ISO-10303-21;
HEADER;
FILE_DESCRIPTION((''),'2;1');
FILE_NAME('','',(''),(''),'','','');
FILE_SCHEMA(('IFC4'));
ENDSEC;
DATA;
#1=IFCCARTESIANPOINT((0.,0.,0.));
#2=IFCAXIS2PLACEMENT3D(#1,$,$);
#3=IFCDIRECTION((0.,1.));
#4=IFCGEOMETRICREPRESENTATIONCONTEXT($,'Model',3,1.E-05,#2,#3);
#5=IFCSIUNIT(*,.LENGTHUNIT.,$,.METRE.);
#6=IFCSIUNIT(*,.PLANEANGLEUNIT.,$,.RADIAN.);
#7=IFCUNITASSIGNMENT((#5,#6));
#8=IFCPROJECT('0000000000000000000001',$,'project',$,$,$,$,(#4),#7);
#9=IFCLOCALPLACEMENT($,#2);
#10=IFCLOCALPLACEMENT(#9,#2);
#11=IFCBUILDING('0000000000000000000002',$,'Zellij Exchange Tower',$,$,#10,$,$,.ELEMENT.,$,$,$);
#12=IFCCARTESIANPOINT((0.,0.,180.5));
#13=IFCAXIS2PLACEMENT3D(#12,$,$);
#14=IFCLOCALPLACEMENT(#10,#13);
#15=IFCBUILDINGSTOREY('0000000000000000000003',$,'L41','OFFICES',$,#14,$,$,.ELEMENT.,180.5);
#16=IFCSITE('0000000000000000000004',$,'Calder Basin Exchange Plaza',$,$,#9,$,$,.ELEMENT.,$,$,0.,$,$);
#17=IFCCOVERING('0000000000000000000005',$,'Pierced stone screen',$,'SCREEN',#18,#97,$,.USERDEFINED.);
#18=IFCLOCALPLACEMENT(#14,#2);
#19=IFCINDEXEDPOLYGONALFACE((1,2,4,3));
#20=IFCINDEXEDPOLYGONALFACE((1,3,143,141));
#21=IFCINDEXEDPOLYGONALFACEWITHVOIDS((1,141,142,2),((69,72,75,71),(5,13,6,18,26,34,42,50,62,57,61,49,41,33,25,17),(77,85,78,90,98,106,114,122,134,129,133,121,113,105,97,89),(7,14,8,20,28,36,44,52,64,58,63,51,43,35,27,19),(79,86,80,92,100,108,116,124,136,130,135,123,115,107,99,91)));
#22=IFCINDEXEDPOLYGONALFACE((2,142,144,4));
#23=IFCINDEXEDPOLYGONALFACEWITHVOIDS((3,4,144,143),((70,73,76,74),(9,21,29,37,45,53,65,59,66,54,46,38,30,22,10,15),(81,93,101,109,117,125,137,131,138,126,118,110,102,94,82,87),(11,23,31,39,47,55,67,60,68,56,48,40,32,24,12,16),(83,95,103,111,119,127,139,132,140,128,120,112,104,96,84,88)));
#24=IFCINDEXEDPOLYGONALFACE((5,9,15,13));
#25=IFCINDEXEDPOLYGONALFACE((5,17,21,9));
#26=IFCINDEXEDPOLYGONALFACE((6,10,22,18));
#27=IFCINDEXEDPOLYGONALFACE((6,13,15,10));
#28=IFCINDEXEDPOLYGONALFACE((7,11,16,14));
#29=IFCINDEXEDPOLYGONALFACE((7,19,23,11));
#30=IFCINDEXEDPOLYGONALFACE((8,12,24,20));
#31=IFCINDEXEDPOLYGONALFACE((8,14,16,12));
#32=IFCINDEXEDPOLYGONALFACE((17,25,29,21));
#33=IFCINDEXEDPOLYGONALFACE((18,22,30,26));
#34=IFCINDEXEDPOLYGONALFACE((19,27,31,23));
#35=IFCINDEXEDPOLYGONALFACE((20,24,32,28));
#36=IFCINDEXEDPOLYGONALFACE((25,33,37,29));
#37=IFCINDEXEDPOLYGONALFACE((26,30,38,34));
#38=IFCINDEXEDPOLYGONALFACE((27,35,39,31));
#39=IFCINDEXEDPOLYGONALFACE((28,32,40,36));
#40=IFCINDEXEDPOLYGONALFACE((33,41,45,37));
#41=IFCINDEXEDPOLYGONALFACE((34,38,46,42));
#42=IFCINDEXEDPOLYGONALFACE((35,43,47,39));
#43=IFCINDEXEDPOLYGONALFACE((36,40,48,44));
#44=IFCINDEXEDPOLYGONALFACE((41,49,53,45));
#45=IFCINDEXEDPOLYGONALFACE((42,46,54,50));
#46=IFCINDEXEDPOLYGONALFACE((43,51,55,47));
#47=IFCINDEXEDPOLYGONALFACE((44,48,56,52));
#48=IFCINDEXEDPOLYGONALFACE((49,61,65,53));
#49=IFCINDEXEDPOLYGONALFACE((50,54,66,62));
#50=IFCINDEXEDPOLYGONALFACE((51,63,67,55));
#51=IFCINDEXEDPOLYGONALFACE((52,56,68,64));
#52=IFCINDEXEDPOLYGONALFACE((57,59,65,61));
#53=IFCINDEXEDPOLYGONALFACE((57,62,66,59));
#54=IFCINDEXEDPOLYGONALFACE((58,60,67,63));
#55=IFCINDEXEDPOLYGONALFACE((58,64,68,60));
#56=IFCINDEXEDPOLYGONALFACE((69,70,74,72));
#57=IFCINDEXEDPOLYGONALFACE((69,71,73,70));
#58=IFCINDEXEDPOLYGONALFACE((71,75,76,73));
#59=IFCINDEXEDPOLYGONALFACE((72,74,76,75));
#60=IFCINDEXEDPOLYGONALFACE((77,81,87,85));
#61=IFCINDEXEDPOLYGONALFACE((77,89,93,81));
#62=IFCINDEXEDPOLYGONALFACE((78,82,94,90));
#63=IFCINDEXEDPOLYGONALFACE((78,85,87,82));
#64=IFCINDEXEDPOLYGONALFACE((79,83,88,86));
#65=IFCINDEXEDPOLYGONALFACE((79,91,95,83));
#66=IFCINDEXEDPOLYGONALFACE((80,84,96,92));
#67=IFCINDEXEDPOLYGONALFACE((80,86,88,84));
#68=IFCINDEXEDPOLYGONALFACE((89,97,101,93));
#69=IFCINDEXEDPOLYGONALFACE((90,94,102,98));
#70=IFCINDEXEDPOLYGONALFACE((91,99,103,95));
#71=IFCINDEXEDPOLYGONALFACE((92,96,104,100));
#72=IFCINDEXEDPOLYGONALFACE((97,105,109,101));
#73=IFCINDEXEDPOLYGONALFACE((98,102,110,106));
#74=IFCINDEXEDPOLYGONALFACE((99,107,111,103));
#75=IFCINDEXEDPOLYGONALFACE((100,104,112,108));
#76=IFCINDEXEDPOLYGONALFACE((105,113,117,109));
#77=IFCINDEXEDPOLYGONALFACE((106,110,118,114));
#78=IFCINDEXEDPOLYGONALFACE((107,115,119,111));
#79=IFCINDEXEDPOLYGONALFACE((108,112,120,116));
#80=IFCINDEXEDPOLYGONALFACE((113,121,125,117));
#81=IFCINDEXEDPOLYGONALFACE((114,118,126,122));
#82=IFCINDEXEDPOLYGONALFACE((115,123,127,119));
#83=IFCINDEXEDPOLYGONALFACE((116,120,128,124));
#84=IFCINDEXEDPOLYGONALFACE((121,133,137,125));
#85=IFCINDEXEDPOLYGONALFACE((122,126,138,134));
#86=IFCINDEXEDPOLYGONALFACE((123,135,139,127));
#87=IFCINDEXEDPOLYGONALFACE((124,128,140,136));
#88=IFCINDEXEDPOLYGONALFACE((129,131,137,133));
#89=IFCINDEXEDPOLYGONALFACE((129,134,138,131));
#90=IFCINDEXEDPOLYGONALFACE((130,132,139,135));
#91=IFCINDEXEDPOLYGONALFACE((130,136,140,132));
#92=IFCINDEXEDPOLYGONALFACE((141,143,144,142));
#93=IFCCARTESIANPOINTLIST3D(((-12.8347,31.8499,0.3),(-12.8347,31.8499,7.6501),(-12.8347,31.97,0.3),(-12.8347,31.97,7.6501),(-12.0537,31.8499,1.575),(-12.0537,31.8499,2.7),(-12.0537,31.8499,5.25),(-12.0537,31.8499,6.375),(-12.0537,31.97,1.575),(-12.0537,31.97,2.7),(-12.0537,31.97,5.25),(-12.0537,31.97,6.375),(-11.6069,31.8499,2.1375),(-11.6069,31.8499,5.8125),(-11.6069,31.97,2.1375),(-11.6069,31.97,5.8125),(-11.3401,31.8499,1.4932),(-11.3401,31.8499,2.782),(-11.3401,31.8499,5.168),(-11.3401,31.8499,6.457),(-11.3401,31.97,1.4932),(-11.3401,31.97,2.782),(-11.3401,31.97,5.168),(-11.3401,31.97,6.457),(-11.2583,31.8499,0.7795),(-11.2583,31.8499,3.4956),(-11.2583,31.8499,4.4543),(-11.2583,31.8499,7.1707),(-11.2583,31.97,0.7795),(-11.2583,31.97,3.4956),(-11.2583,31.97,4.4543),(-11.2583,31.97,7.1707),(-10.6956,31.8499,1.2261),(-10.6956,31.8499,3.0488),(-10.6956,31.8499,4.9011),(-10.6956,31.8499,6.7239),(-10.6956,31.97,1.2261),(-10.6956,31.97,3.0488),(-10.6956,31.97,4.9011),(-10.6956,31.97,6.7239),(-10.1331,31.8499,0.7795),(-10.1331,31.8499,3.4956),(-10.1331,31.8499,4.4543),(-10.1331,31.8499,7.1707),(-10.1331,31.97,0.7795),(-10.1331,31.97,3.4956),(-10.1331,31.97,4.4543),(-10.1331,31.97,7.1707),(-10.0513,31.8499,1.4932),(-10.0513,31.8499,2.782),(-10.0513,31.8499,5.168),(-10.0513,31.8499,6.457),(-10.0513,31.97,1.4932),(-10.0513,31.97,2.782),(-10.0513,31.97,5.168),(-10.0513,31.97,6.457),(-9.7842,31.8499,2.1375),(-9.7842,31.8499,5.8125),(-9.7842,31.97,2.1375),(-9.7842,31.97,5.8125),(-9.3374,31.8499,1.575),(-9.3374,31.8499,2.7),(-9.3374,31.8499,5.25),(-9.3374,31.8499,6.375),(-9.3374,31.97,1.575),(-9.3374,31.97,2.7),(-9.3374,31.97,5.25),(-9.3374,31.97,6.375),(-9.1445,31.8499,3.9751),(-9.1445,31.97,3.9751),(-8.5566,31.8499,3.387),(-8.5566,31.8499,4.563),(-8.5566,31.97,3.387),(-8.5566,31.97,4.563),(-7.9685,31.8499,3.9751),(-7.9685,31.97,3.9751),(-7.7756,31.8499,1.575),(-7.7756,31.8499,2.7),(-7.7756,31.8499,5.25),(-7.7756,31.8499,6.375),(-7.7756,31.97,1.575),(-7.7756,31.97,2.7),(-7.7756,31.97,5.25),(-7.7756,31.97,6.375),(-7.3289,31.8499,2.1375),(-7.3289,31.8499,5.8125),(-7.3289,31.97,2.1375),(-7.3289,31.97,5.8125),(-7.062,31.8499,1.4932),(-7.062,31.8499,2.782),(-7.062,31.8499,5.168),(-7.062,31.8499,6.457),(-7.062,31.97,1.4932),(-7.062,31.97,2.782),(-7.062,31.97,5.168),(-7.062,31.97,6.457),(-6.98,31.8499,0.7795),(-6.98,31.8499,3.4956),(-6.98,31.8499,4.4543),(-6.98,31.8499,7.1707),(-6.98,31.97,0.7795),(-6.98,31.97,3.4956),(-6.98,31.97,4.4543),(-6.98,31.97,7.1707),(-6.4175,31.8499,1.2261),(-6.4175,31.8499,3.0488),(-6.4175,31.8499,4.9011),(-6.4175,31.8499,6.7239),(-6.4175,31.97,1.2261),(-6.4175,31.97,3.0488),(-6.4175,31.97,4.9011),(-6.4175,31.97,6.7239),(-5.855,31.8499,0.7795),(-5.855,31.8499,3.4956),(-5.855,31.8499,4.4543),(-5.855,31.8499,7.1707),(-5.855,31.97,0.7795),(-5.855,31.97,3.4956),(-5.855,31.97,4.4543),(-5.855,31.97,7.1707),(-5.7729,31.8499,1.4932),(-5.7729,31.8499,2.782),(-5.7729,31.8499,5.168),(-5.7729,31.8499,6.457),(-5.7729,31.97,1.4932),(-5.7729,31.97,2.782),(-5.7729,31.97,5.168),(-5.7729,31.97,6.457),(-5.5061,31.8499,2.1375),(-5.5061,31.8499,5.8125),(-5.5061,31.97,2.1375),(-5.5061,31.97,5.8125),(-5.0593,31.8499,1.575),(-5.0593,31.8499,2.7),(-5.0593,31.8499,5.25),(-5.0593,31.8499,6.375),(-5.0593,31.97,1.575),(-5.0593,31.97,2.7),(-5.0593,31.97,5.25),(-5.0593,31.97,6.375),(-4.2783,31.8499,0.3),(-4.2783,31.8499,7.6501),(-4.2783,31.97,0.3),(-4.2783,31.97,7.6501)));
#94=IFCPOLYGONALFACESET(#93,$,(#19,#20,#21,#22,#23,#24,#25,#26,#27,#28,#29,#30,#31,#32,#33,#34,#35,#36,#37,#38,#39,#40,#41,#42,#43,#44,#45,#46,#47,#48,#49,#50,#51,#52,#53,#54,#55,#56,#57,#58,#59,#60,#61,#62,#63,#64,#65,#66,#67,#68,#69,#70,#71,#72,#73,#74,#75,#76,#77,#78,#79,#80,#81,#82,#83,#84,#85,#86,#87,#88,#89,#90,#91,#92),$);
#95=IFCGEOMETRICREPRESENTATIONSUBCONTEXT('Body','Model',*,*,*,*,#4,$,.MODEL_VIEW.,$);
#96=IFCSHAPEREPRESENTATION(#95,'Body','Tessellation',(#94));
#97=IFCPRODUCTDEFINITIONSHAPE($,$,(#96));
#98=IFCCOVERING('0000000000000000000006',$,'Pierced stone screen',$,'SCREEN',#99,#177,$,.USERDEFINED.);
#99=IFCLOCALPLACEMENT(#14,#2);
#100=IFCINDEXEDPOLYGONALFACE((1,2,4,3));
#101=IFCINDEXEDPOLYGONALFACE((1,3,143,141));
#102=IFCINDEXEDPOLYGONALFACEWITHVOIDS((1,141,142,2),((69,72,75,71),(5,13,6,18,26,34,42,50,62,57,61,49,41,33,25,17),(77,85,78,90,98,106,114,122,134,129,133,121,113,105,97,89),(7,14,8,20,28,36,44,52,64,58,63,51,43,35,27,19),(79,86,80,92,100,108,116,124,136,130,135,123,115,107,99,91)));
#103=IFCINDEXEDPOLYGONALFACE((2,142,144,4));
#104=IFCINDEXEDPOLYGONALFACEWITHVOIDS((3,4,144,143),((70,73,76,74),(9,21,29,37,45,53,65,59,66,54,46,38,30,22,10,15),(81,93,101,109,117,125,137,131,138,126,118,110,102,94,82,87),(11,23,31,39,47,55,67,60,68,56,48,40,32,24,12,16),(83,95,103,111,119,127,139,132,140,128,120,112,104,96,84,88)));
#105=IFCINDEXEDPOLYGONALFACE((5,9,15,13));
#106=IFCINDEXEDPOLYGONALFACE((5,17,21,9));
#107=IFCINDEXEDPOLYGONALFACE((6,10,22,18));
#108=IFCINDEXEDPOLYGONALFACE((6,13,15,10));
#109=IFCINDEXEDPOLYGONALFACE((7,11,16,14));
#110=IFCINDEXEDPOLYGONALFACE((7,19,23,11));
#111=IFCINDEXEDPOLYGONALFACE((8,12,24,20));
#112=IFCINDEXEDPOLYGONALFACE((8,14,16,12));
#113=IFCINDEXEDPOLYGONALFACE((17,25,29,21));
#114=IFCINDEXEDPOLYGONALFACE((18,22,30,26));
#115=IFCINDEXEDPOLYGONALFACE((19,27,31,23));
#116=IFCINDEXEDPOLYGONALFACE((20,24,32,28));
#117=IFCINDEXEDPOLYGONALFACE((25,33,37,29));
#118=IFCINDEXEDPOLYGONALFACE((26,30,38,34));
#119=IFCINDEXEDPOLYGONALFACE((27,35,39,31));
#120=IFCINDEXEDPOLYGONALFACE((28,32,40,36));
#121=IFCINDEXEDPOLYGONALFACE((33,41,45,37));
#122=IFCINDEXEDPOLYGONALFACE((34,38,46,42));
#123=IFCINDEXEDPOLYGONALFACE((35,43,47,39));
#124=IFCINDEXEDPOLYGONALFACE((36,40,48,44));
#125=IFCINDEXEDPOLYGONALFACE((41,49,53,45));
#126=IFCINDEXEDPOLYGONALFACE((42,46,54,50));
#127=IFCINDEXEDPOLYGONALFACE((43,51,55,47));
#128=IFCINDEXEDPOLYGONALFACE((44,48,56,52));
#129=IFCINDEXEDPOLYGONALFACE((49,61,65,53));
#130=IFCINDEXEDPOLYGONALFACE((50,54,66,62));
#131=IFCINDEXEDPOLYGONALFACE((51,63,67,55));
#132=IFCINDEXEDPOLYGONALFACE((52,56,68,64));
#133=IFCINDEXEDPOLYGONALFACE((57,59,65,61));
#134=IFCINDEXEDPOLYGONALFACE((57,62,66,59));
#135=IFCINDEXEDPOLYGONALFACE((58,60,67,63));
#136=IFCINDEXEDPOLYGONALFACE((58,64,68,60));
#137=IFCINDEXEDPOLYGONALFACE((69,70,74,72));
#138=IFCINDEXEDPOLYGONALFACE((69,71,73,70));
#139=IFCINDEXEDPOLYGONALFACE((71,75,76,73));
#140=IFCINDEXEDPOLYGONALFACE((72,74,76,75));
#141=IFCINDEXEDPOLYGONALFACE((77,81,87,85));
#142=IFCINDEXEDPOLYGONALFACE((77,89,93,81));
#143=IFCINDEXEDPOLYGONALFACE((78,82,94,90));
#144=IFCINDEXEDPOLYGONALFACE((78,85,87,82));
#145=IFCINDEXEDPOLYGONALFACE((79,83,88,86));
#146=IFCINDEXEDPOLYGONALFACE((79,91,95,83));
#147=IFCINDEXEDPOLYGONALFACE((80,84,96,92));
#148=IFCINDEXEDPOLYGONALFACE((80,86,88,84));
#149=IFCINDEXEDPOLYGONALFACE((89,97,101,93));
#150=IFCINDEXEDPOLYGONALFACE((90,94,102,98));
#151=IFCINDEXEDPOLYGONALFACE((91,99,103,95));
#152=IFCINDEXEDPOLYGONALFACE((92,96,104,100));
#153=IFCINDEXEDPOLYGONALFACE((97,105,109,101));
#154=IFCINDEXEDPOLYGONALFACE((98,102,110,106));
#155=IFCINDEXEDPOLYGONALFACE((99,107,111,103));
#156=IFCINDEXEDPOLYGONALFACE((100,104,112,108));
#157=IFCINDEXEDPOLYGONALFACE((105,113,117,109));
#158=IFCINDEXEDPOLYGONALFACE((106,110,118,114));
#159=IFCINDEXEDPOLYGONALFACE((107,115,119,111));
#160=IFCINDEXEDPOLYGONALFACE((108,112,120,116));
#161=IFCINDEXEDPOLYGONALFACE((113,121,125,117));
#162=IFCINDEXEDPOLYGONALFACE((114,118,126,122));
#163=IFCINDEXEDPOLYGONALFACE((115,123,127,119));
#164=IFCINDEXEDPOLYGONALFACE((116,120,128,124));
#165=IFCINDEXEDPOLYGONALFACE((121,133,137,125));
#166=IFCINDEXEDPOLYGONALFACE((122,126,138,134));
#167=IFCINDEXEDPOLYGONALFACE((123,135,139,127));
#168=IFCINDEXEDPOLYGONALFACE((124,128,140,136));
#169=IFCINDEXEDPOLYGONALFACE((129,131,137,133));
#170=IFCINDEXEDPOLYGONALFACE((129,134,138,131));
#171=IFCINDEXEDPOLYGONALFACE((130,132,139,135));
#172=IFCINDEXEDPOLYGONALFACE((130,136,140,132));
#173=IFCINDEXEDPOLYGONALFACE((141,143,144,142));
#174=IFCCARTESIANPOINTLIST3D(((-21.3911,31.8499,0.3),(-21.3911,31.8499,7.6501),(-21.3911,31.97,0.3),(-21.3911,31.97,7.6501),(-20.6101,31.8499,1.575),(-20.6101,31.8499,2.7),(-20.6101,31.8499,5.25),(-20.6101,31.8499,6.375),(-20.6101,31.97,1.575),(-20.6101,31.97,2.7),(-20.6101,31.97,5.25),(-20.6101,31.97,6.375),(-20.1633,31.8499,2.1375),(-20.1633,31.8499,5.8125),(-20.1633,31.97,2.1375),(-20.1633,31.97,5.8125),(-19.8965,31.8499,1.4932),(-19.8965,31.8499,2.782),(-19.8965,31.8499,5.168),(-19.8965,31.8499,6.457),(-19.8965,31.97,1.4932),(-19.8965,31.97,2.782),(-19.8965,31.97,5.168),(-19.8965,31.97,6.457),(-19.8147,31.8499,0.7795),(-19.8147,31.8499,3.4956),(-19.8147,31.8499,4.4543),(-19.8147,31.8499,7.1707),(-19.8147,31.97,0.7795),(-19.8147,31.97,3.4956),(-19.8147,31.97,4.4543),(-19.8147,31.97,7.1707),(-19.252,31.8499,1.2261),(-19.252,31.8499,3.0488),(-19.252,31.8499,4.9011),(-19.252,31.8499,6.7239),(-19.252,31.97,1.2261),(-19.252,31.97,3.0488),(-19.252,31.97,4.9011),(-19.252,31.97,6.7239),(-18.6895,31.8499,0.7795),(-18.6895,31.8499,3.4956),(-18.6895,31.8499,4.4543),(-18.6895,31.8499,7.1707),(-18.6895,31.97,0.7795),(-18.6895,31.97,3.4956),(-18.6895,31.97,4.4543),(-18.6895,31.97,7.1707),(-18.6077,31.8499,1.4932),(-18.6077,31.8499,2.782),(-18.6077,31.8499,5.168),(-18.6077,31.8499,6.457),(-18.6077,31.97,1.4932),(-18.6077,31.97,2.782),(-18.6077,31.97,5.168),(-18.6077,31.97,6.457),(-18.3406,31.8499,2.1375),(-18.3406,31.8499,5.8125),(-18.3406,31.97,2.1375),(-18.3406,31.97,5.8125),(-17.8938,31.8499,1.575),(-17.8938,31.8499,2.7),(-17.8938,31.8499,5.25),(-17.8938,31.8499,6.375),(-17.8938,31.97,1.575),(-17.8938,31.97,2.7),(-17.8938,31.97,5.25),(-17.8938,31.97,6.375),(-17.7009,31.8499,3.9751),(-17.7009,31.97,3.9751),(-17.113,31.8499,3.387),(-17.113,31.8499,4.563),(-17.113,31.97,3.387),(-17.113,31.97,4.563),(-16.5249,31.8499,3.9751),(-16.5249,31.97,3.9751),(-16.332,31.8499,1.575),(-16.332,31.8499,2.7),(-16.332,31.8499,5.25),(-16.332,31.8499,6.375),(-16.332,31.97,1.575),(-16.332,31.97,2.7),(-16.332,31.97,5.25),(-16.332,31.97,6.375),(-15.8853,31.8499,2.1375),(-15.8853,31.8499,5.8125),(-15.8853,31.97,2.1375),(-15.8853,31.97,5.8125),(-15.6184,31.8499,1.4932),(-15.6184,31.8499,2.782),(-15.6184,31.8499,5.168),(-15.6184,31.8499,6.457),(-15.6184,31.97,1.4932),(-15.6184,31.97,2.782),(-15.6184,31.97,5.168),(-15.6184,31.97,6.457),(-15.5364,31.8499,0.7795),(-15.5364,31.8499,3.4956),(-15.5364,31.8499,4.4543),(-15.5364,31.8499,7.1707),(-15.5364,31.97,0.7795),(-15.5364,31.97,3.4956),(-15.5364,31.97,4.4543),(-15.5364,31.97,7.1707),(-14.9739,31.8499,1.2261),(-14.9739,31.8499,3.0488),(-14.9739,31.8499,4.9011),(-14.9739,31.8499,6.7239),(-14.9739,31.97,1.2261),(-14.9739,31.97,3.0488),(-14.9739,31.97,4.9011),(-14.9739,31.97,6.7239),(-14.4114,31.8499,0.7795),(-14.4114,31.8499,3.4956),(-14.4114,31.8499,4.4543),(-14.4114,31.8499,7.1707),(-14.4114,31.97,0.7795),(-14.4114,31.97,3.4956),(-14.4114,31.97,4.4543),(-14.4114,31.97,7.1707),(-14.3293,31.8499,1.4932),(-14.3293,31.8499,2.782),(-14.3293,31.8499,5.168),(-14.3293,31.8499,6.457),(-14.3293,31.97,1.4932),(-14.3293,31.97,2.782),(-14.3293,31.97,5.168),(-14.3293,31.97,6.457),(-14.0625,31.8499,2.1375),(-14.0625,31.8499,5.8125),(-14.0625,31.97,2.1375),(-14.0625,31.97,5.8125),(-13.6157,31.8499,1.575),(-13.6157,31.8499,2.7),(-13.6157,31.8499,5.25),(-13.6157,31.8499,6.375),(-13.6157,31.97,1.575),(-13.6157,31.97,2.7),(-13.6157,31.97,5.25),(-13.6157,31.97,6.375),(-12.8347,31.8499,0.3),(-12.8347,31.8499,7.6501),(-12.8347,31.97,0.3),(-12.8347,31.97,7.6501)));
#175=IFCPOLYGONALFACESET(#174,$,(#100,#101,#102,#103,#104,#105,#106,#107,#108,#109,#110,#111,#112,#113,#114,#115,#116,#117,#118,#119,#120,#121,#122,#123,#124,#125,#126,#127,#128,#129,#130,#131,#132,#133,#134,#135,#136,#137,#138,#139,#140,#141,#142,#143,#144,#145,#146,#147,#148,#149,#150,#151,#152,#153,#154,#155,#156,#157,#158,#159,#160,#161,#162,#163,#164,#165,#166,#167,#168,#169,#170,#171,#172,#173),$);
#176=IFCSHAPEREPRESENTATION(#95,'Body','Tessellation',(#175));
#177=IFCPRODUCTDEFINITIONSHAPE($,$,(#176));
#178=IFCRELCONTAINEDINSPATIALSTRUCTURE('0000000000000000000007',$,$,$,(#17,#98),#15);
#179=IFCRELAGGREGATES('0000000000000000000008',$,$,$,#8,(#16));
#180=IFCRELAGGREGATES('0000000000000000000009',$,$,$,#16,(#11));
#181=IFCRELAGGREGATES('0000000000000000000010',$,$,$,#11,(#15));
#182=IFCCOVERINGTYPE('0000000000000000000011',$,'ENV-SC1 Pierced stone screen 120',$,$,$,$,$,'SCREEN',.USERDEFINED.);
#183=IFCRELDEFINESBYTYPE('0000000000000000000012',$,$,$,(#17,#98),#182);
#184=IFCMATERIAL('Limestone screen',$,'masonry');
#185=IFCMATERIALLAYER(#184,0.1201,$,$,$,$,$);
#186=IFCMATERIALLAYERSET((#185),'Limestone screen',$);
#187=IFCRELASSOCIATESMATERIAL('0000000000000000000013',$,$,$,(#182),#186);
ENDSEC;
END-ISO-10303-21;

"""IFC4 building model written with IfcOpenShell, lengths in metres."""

from ifc_helpers import new_model, si_unit, direction, frame, origin, place, context, subcontext, project, spatial, polyline, outline, extrude, material, layer, layer_set, type_object, element, save


model = new_model("IFC4")

# Units and contexts
model_context = context("Model", 3, precision=1e-05, world=origin(), true_north=direction((0.0, 1.0)))
body_context = subcontext(model_context, "Body", "Model", "MODEL_VIEW")
ifc_project = project(units=[si_unit("LENGTHUNIT", "METRE"), si_unit("PLANEANGLEUNIT", "RADIAN")], contexts=[model_context])

# Site, building, storey
site_placement = place(None, origin())
site = spatial("IfcSite", under=ifc_project, at=site_placement, Name="Calder Basin Exchange Plaza", CompositionType="ELEMENT", RefElevation=0.0)
building_placement = place(site_placement, origin())
building = spatial("IfcBuilding", under=site, at=building_placement, Name="Zellij Exchange Tower", CompositionType="ELEMENT")
storey_placement = place(building_placement, frame((0.0, 0.0, 180.5)))
storey = spatial("IfcBuildingStorey", under=building, at=storey_placement, Name="L41", Description="OFFICES", CompositionType="ELEMENT", Elevation=180.5)

# Coverings
ifc_material_1 = material(Name="Limestone screen", Category="masonry")
ifc_layer_1 = layer(ifc_material_1, 0.1201)
ifc_layer_set_1 = layer_set([ifc_layer_1], Name="Limestone screen")
covering_type = type_object("IfcCoveringType", Name="ENV-SC1 Pierced stone screen 120", ElementType="SCREEN", PredefinedType="USERDEFINED", material=ifc_layer_set_1)
covering_1_placement = place(storey_placement, frame((-4.2783, 31.9099, 0.3), z_axis=(0.0, 0.0, 1.0), x_axis=(-1.0, 0.0, 0.0)))
element("IfcCovering", 1, at=covering_1_placement, inside=storey, type_object=covering_type, Name="Pierced stone screen", ObjectType="SCREEN", PredefinedType="USERDEFINED", context=body_context, shape_type="SweptSolid", body=[
    extrude(outline(polyline([(0.0, 0.0), (8.5564, 0.0), (8.5564, 7.3501), (0.0, 7.3501), (0.0, 0.0)]), holes=[polyline([(3.4973, 2.3999), (2.7837, 2.4819), (2.7017, 3.1956), (2.1392, 2.7488), (1.5767, 3.1956), (1.4946, 2.4819), (0.781, 2.3999), (1.2278, 1.8374), (0.781, 1.2749), (1.4946, 1.1931), (1.5767, 0.4795), (2.1392, 0.926), (2.7017, 0.4795), (2.7837, 1.1931), (3.4973, 1.2749), (3.0505, 1.8374), (3.4973, 2.3999)]), polyline([(3.4973, 6.075), (2.7837, 6.157), (2.7017, 6.8706), (2.1392, 6.4238), (1.5767, 6.8706), (1.4946, 6.157), (0.781, 6.075), (1.2278, 5.5125), (0.781, 4.95), (1.4946, 4.8679), (1.5767, 4.1543), (2.1392, 4.6011), (2.7017, 4.1543), (2.7837, 4.8679), (3.4973, 4.95), (3.0505, 5.5125), (3.4973, 6.075)]), polyline([(7.7754, 2.3999), (7.0618, 2.4819), (6.98, 3.1956), (6.4172, 2.7488), (5.8547, 3.1956), (5.7729, 2.4819), (5.0591, 2.3999), (5.5059, 1.8374), (5.0591, 1.2749), (5.7729, 1.1931), (5.8547, 0.4795), (6.4172, 0.926), (6.98, 0.4795), (7.0618, 1.1931), (7.7754, 1.2749), (7.3286, 1.8374), (7.7754, 2.3999)]), polyline([(7.7754, 6.075), (7.0618, 6.157), (6.98, 6.8706), (6.4172, 6.4238), (5.8547, 6.8706), (5.7729, 6.157), (5.0591, 6.075), (5.5059, 5.5125), (5.0591, 4.95), (5.7729, 4.8679), (5.8547, 4.1543), (6.4172, 4.6011), (6.98, 4.1543), (7.0618, 4.8679), (7.7754, 4.95), (7.3286, 5.5125), (7.7754, 6.075)]), polyline([(4.8662, 3.675), (4.2783, 4.2629), (3.6902, 3.675), (4.2783, 3.0869), (4.8662, 3.675)])]), frame((0.0, 0.0601, 0.0), z_axis=(0.0, -1.0, 0.0), x_axis=(1.0, 0.0, 0.0)), (0.0, 0.0, 1.0), 0.1201),
])
covering_2_placement = place(storey_placement, frame((-12.8347, 31.9099, 0.3), z_axis=(0.0, 0.0, 1.0), x_axis=(-1.0, 0.0, 0.0)))
element("IfcCovering", 2, at=covering_2_placement, inside=storey, type_object=covering_type, Name="Pierced stone screen", ObjectType="SCREEN", PredefinedType="USERDEFINED", context=body_context, shape_type="SweptSolid", body=[
    extrude(outline(polyline([(0.0, 0.0), (8.5564, 0.0), (8.5564, 7.3501), (0.0, 7.3501), (0.0, 0.0)]), holes=[polyline([(3.4973, 2.3999), (2.7837, 2.4819), (2.7017, 3.1956), (2.1392, 2.7488), (1.5767, 3.1956), (1.4946, 2.4819), (0.781, 2.3999), (1.2278, 1.8374), (0.781, 1.2749), (1.4946, 1.1931), (1.5767, 0.4795), (2.1392, 0.926), (2.7017, 0.4795), (2.7837, 1.1931), (3.4973, 1.2749), (3.0505, 1.8374), (3.4973, 2.3999)]), polyline([(3.4973, 6.075), (2.7837, 6.157), (2.7017, 6.8706), (2.1392, 6.4238), (1.5767, 6.8706), (1.4946, 6.157), (0.781, 6.075), (1.2278, 5.5125), (0.781, 4.95), (1.4946, 4.8679), (1.5767, 4.1543), (2.1392, 4.6011), (2.7017, 4.1543), (2.7837, 4.8679), (3.4973, 4.95), (3.0505, 5.5125), (3.4973, 6.075)]), polyline([(7.7754, 2.3999), (7.0618, 2.4819), (6.98, 3.1956), (6.4172, 2.7488), (5.8547, 3.1956), (5.7729, 2.4819), (5.0591, 2.3999), (5.5059, 1.8374), (5.0591, 1.2749), (5.7729, 1.1931), (5.8547, 0.4795), (6.4172, 0.926), (6.98, 0.4795), (7.0618, 1.1931), (7.7754, 1.2749), (7.3286, 1.8374), (7.7754, 2.3999)]), polyline([(7.7754, 6.075), (7.0618, 6.157), (6.98, 6.8706), (6.4172, 6.4238), (5.8547, 6.8706), (5.7729, 6.157), (5.0591, 6.075), (5.5059, 5.5125), (5.0591, 4.95), (5.7729, 4.8679), (5.8547, 4.1543), (6.4172, 4.6011), (6.98, 4.1543), (7.0618, 4.8679), (7.7754, 4.95), (7.3286, 5.5125), (7.7754, 6.075)]), polyline([(4.8662, 3.675), (4.2783, 4.2629), (3.6902, 3.675), (4.2783, 3.0869), (4.8662, 3.675)])]), frame((0.0, 0.0601, 0.0), z_axis=(0.0, -1.0, 0.0), x_axis=(1.0, 0.0, 0.0)), (0.0, 0.0, 1.0), 0.1201),
])

save(model, "model.ifc")
